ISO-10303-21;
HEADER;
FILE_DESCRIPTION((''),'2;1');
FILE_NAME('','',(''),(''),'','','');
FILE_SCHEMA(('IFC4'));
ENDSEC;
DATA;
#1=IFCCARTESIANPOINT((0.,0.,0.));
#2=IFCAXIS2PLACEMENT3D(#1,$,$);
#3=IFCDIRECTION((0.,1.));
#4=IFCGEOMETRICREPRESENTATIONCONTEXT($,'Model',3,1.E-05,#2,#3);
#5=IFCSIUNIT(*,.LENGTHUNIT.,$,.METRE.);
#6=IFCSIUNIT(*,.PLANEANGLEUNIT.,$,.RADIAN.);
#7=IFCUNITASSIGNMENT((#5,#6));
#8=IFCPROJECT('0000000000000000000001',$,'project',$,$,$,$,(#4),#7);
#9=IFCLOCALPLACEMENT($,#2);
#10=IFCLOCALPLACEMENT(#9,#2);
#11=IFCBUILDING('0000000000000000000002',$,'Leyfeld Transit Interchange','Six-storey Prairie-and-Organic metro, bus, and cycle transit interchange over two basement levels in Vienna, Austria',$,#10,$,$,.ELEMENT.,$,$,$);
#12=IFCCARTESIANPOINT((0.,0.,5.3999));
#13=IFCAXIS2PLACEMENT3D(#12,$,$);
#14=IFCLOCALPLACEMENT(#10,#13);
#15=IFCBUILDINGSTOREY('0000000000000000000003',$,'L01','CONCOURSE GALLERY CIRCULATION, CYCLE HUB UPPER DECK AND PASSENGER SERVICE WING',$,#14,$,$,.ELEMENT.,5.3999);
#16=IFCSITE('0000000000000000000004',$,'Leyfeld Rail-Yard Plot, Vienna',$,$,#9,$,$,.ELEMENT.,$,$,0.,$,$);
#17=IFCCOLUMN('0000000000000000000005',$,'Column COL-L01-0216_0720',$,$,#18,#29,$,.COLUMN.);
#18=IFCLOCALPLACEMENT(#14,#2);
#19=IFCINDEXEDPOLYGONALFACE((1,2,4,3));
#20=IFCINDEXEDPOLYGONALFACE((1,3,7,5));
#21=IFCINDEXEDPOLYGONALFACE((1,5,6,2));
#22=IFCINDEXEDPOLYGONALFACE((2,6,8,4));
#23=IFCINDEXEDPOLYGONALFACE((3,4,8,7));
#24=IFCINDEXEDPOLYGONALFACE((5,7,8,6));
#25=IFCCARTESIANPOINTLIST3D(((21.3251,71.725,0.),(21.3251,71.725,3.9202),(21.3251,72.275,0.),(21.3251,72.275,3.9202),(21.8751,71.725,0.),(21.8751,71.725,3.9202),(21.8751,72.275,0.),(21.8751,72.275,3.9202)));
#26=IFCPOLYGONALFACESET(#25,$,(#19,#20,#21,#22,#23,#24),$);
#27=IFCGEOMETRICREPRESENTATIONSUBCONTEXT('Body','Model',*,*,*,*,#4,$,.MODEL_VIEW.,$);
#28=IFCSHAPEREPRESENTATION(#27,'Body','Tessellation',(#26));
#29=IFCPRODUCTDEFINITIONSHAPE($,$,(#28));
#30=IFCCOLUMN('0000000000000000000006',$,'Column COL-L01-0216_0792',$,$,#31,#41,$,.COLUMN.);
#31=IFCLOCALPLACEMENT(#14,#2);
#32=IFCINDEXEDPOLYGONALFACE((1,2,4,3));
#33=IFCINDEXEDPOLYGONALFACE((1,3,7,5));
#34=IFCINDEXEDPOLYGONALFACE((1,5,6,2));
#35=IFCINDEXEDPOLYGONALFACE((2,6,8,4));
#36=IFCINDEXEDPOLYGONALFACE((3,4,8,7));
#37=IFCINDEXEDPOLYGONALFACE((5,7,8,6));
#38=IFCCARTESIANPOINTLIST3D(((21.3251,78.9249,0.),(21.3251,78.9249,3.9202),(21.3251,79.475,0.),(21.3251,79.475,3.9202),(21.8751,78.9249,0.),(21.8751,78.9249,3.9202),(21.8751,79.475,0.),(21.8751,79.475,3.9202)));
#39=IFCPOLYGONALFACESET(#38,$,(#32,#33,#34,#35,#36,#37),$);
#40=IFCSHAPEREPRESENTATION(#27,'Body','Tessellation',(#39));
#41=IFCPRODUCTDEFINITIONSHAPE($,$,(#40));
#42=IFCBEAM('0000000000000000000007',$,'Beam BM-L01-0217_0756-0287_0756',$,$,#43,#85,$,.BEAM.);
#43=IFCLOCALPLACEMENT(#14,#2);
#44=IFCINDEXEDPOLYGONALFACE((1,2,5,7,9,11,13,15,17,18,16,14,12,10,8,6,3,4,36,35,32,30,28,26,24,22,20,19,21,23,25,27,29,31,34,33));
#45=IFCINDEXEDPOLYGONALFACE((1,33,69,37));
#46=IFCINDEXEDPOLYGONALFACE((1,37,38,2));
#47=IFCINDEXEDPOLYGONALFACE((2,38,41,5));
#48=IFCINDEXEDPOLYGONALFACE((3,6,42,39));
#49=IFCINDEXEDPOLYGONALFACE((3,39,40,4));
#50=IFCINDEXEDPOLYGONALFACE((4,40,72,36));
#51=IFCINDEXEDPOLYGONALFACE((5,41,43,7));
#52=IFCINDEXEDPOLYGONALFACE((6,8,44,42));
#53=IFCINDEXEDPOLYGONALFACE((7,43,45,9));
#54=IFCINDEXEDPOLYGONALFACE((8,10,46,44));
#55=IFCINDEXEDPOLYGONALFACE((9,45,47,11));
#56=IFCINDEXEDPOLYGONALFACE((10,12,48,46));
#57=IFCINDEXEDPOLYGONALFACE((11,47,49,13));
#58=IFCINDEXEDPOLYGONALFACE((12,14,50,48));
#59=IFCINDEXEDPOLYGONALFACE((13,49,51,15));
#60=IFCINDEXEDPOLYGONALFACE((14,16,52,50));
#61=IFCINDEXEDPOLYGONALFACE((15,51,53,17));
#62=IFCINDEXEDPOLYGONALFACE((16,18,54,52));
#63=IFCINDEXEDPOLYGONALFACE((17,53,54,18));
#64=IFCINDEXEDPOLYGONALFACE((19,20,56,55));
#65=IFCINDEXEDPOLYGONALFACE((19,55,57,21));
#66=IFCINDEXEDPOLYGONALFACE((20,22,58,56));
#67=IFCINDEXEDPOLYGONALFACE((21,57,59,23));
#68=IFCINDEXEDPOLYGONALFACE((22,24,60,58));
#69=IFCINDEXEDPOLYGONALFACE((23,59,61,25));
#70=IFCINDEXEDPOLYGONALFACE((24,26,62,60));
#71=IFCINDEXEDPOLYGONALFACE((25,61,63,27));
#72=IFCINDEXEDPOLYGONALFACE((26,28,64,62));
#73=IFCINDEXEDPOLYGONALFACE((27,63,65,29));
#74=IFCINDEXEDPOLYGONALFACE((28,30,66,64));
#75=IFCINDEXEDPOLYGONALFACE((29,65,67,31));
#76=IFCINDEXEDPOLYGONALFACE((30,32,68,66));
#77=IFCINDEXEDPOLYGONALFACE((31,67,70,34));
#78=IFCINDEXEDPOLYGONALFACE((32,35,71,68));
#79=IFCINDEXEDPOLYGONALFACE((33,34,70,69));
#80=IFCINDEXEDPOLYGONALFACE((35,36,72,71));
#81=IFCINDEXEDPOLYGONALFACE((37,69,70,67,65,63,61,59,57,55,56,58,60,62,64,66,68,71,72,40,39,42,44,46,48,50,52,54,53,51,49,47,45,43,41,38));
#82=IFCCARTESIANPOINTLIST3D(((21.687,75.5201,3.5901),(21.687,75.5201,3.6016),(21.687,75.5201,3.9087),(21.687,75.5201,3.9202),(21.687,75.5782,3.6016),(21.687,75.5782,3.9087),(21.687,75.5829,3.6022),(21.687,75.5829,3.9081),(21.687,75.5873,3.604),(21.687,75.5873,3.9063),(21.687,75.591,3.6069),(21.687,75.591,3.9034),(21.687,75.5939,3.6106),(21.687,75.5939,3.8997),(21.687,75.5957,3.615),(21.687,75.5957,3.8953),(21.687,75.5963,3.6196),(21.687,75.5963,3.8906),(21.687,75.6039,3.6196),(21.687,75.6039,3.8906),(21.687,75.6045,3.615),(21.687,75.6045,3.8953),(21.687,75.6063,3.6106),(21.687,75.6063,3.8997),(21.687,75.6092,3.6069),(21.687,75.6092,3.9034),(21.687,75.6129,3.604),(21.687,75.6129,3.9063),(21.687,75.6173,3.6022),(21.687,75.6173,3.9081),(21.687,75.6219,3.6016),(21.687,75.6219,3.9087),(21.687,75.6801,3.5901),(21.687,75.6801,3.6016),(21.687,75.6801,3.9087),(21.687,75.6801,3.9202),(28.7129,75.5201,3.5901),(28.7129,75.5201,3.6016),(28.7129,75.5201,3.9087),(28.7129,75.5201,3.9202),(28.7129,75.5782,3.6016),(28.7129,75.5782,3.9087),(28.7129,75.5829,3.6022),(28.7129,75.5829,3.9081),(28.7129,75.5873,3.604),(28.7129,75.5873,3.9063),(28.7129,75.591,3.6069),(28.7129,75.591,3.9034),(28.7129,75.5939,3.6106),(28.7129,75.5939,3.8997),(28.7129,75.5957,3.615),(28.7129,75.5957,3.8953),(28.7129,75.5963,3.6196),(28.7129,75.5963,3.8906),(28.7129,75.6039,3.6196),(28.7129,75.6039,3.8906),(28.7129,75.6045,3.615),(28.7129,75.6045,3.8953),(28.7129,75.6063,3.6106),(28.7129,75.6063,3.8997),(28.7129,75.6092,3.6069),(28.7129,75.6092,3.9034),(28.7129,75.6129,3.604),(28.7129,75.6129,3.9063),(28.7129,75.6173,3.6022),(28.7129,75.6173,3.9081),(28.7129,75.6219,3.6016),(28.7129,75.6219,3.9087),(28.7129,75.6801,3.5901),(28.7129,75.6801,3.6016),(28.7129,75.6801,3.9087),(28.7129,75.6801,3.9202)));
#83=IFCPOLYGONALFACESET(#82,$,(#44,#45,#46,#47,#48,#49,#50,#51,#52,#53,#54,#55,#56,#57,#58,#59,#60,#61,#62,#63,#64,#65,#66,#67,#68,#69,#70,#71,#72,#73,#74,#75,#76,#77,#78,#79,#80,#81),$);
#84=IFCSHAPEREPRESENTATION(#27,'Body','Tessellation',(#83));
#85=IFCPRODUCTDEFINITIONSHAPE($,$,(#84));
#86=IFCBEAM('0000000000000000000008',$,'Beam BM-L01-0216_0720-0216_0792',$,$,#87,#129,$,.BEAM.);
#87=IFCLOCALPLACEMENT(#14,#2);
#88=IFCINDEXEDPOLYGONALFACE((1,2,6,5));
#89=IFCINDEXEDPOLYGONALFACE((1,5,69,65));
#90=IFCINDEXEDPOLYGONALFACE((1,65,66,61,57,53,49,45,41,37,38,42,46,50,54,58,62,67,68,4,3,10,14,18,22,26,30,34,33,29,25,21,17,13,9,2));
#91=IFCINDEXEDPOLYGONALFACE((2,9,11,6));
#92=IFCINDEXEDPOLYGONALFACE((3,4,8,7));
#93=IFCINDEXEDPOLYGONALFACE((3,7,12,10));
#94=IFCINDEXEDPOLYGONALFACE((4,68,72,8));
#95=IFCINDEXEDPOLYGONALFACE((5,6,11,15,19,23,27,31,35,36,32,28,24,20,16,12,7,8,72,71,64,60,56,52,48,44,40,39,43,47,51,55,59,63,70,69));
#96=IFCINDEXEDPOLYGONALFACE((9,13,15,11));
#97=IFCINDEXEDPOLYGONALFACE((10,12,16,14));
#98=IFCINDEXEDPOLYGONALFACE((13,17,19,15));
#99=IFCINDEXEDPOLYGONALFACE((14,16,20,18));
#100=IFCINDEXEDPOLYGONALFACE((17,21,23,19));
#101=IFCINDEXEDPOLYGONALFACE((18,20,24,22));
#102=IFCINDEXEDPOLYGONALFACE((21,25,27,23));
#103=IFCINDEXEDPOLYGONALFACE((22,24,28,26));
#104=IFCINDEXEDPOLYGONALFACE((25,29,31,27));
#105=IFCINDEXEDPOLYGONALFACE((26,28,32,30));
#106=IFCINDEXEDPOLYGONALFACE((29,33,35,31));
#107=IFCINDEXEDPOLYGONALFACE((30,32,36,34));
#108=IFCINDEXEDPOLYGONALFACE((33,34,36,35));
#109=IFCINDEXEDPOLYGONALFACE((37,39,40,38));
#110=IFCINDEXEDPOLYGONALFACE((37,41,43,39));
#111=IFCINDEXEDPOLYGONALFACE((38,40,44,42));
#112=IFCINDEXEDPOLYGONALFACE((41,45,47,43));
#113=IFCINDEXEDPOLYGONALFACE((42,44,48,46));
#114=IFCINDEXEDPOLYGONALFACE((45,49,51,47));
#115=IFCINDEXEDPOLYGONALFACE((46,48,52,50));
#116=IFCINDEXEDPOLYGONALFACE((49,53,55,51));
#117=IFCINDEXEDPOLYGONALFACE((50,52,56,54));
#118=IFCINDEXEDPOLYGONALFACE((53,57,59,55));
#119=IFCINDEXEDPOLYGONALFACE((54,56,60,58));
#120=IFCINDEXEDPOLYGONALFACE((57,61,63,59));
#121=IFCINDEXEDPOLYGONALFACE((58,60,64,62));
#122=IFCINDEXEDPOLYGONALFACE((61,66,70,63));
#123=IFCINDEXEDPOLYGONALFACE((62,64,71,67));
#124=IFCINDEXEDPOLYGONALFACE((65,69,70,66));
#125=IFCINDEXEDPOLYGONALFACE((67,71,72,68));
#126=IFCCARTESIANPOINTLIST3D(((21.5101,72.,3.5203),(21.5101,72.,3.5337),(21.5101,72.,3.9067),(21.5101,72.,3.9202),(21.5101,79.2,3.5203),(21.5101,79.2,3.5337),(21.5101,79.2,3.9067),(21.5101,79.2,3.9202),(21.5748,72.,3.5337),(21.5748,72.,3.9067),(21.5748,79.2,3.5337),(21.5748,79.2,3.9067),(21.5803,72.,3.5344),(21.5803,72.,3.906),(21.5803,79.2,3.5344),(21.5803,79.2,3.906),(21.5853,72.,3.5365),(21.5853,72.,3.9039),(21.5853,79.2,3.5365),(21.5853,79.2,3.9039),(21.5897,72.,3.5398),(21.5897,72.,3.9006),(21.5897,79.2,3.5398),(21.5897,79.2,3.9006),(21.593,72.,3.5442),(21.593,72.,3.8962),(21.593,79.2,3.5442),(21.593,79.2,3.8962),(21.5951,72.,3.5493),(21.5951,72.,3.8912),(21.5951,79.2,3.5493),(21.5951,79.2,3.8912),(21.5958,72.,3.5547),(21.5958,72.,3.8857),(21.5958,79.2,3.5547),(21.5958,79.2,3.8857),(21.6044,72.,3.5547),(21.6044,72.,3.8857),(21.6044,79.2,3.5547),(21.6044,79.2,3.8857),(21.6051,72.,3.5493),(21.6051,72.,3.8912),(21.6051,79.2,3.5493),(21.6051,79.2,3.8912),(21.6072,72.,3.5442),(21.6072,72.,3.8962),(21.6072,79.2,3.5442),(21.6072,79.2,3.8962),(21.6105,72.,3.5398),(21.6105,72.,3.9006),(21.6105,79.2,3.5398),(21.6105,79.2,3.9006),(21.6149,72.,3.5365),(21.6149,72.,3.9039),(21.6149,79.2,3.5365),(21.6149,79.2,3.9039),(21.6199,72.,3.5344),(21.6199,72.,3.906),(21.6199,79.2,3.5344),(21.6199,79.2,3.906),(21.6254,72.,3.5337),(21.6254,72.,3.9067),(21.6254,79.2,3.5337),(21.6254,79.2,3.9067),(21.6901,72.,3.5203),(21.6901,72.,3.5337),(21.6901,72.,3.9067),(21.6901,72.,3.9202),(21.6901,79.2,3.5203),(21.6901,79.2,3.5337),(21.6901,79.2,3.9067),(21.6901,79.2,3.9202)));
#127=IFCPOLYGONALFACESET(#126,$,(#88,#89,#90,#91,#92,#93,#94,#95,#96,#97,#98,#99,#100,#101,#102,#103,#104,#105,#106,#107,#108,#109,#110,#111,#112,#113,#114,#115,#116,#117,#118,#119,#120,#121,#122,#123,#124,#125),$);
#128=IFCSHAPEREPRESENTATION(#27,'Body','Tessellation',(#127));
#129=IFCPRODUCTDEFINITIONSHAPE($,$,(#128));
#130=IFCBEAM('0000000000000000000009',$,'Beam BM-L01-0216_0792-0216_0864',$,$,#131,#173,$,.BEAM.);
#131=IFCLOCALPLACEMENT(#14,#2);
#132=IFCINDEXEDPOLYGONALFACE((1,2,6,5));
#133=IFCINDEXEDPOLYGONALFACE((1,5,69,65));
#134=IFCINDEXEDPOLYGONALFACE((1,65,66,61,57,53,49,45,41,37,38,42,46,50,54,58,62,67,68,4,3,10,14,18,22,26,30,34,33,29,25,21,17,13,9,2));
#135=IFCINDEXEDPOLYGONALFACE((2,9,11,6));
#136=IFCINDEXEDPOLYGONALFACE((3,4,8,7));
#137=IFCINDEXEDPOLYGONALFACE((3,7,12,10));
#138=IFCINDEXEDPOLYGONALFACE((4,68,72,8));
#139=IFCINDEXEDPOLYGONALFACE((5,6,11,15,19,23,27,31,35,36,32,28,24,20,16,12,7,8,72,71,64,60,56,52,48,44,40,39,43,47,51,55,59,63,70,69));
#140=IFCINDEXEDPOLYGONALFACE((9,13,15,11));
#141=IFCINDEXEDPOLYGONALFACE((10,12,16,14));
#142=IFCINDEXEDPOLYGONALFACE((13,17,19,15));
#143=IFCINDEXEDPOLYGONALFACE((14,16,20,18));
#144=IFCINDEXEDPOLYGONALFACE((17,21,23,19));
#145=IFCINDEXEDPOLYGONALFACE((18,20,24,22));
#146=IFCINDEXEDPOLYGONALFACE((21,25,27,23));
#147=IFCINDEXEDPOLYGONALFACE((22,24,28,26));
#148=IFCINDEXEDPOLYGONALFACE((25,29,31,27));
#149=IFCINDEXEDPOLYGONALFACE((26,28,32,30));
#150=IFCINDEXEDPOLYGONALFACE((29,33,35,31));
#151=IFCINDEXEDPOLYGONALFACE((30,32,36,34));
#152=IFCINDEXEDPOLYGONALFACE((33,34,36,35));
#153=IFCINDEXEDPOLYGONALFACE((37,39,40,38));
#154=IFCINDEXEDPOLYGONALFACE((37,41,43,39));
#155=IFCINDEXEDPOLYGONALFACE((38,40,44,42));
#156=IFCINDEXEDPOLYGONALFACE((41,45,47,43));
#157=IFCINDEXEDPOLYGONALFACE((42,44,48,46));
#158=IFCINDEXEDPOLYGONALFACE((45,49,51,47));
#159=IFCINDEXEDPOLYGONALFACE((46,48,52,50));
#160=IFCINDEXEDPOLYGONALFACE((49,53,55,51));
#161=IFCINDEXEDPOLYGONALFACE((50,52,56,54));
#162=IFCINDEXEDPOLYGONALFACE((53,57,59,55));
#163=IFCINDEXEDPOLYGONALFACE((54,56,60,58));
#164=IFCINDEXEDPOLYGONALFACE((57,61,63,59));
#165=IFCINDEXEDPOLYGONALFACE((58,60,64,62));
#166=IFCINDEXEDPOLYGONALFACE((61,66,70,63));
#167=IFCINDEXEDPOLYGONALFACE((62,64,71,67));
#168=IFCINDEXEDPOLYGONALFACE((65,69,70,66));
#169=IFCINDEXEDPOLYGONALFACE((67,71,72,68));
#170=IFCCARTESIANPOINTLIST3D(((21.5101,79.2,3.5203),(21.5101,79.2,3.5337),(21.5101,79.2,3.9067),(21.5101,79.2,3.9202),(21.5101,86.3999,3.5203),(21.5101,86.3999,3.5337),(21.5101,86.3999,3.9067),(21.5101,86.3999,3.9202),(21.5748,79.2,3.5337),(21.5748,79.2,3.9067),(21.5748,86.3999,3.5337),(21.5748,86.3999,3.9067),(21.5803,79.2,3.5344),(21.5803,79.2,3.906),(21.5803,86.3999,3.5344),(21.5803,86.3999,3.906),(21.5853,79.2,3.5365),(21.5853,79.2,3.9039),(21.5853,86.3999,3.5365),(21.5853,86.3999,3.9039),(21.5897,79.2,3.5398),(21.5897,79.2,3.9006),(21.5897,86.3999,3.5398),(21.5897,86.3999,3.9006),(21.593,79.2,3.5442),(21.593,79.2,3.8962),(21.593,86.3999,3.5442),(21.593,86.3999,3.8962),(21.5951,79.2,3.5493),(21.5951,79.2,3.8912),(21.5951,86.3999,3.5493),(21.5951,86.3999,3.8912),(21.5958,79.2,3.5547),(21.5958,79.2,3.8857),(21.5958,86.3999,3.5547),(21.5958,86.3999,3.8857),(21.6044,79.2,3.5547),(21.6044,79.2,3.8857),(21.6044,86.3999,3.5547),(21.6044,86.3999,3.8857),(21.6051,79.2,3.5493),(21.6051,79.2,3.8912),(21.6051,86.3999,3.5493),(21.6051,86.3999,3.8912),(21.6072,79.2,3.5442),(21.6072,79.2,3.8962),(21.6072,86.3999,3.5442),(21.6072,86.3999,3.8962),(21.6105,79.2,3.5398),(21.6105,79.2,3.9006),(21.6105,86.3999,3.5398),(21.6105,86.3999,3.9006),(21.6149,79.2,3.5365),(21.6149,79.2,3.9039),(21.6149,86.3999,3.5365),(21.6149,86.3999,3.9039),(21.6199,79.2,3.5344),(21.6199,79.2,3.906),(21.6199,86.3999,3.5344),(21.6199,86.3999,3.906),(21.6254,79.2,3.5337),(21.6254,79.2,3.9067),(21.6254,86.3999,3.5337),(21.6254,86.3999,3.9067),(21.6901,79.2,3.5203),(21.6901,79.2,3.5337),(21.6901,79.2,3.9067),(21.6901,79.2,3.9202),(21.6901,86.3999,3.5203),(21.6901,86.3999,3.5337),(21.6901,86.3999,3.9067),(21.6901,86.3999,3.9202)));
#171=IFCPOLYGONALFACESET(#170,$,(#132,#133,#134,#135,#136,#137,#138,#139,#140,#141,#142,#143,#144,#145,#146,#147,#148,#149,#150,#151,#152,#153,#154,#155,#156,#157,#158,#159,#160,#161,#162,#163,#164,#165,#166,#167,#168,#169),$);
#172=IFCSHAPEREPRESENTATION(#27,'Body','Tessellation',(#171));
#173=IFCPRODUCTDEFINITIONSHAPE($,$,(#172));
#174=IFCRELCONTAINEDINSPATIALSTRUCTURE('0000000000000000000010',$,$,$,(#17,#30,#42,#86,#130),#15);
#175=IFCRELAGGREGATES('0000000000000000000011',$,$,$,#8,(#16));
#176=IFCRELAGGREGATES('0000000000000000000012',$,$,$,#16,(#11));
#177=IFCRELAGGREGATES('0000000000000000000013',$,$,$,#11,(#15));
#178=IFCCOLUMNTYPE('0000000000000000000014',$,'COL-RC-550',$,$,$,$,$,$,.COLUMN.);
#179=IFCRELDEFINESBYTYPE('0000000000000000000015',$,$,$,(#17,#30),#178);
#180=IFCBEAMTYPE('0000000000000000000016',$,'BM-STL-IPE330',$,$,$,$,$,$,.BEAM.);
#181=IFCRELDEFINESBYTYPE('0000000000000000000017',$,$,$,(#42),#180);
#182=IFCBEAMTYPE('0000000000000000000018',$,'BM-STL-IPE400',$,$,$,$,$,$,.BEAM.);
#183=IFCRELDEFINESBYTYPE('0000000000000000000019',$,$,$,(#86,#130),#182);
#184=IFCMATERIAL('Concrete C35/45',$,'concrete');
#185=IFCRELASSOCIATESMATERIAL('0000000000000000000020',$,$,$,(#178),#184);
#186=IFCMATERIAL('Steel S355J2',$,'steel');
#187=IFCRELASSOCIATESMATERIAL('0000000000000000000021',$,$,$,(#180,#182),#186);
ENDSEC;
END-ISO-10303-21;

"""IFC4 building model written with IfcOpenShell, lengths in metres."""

from ifc_helpers import new_model, si_unit, direction, frame, origin, origin_2d, place, context, subcontext, project, spatial, rectangle, i_section, extrude, material, material_profile, profile_set, type_object, element, save


model = new_model("IFC4")

# Units and contexts
model_context = context("Model", 3, precision=1e-05, world=origin(), true_north=direction((0.0, 1.0)))
body_context = subcontext(model_context, "Body", "Model", "MODEL_VIEW")
ifc_project = project(units=[si_unit("LENGTHUNIT", "METRE"), si_unit("PLANEANGLEUNIT", "RADIAN")], contexts=[model_context])

# Site, building, storey
site_placement = place(None, origin())
site = spatial("IfcSite", under=ifc_project, at=site_placement, Name="Leyfeld Rail-Yard Plot, Vienna", CompositionType="ELEMENT", RefElevation=0.0)
building_placement = place(site_placement, origin())
building = spatial("IfcBuilding", under=site, at=building_placement, Name="Leyfeld Transit Interchange", Description="Six-storey Prairie-and-Organic metro, bus, and cycle transit interchange over two basement levels in Vienna, Austria", CompositionType="ELEMENT")
storey_placement = place(building_placement, frame((0.0, 0.0, 5.3999)))
storey = spatial("IfcBuildingStorey", under=building, at=storey_placement, Name="L01", Description="CONCOURSE GALLERY CIRCULATION, CYCLE HUB UPPER DECK AND PASSENGER SERVICE WING", CompositionType="ELEMENT", Elevation=5.3999)

# Columns
ifc_material_1 = material(Name="Concrete C35/45", Category="concrete")
ifc_material_profile_1 = material_profile(ifc_material_1, rectangle(XDim=0.55, YDim=0.55, at=origin_2d()), Name="RC 550x550")
ifc_profile_set_1 = profile_set([ifc_material_profile_1], Name="Concrete C35/45")
column_type = type_object("IfcColumnType", Name="COL-RC-550", PredefinedType="COLUMN", material=ifc_profile_set_1)
for number, where, z_axis, x_axis, name in (
    (1, (21.6001, 72.0, 0.0), (0.0, 0.0, 1.0), (1.0, 0.0, 0.0), "Column COL-L01-0216_0720"),
    (2, (21.6001, 79.2, 0.0), (0.0, 0.0, 1.0), (1.0, 0.0, 0.0), "Column COL-L01-0216_0792"),
):
    element("IfcColumn", number, at=place(storey_placement, frame(where, z_axis=z_axis, x_axis=x_axis)), inside=storey, type_object=column_type, Name=name, PredefinedType="COLUMN", context=body_context, shape_type="SweptSolid", body=[
        extrude(rectangle(XDim=0.55, YDim=0.55, at=origin_2d()), origin(), (0.0, 0.0, 1.0), 3.9202),
    ])

# Beams
ifc_material_2 = material(Name="Steel S355J2", Category="steel")
ifc_material_profile_2 = material_profile(ifc_material_2, i_section(OverallWidth=0.1599, OverallDepth=0.3301, WebThickness=0.0076, FlangeThickness=0.0115, FilletRadius=0.0181, at=origin_2d()), Name="IPE 330")
ifc_profile_set_2 = profile_set([ifc_material_profile_2], Name="Steel S355J2")
beam_type_1 = type_object("IfcBeamType", Name="BM-STL-IPE330", PredefinedType="BEAM", material=ifc_profile_set_2)
beam_1_placement = place(storey_placement, frame((21.687, 75.6001, 3.7551), z_axis=(1.0, 0.0, 0.0), x_axis=(0.0, 1.0, 0.0)))
element("IfcBeam", 3, at=beam_1_placement, inside=storey, type_object=beam_type_1, Name="Beam BM-L01-0217_0756-0287_0756", PredefinedType="BEAM", context=body_context, shape_type="SweptSolid", body=[
    extrude(i_section(OverallWidth=0.1599, OverallDepth=0.3301, WebThickness=0.0076, FlangeThickness=0.0115, FilletRadius=0.0181, at=origin_2d()), origin(), (0.0, 0.0, 1.0), 7.0259),
])
ifc_material_profile_3 = material_profile(ifc_material_2, i_section(OverallWidth=0.1799, OverallDepth=0.3999, WebThickness=0.0085, FlangeThickness=0.0134, FilletRadius=0.021, at=origin_2d()), Name="IPE 400")
ifc_profile_set_3 = profile_set([ifc_material_profile_3], Name="Steel S355J2")
beam_type_2 = type_object("IfcBeamType", Name="BM-STL-IPE400", PredefinedType="BEAM", material=ifc_profile_set_3)
for number, where, z_axis, x_axis, name in (
    (4, (21.6001, 72.0, 3.7202), (0.0, 1.0, 0.0), (-1.0, 0.0, 0.0), "Beam BM-L01-0216_0720-0216_0792"),
    (5, (21.6001, 79.2, 3.7202), (0.0, 1.0, 0.0), (-1.0, 0.0, 0.0), "Beam BM-L01-0216_0792-0216_0864"),
):
    element("IfcBeam", number, at=place(storey_placement, frame(where, z_axis=z_axis, x_axis=x_axis)), inside=storey, type_object=beam_type_2, Name=name, PredefinedType="BEAM", context=body_context, shape_type="SweptSolid", body=[
        extrude(i_section(OverallWidth=0.1799, OverallDepth=0.3999, WebThickness=0.0085, FlangeThickness=0.0134, FilletRadius=0.021, at=origin_2d()), origin(), (0.0, 0.0, 1.0), 7.2),
    ])

save(model, "model.ifc")
